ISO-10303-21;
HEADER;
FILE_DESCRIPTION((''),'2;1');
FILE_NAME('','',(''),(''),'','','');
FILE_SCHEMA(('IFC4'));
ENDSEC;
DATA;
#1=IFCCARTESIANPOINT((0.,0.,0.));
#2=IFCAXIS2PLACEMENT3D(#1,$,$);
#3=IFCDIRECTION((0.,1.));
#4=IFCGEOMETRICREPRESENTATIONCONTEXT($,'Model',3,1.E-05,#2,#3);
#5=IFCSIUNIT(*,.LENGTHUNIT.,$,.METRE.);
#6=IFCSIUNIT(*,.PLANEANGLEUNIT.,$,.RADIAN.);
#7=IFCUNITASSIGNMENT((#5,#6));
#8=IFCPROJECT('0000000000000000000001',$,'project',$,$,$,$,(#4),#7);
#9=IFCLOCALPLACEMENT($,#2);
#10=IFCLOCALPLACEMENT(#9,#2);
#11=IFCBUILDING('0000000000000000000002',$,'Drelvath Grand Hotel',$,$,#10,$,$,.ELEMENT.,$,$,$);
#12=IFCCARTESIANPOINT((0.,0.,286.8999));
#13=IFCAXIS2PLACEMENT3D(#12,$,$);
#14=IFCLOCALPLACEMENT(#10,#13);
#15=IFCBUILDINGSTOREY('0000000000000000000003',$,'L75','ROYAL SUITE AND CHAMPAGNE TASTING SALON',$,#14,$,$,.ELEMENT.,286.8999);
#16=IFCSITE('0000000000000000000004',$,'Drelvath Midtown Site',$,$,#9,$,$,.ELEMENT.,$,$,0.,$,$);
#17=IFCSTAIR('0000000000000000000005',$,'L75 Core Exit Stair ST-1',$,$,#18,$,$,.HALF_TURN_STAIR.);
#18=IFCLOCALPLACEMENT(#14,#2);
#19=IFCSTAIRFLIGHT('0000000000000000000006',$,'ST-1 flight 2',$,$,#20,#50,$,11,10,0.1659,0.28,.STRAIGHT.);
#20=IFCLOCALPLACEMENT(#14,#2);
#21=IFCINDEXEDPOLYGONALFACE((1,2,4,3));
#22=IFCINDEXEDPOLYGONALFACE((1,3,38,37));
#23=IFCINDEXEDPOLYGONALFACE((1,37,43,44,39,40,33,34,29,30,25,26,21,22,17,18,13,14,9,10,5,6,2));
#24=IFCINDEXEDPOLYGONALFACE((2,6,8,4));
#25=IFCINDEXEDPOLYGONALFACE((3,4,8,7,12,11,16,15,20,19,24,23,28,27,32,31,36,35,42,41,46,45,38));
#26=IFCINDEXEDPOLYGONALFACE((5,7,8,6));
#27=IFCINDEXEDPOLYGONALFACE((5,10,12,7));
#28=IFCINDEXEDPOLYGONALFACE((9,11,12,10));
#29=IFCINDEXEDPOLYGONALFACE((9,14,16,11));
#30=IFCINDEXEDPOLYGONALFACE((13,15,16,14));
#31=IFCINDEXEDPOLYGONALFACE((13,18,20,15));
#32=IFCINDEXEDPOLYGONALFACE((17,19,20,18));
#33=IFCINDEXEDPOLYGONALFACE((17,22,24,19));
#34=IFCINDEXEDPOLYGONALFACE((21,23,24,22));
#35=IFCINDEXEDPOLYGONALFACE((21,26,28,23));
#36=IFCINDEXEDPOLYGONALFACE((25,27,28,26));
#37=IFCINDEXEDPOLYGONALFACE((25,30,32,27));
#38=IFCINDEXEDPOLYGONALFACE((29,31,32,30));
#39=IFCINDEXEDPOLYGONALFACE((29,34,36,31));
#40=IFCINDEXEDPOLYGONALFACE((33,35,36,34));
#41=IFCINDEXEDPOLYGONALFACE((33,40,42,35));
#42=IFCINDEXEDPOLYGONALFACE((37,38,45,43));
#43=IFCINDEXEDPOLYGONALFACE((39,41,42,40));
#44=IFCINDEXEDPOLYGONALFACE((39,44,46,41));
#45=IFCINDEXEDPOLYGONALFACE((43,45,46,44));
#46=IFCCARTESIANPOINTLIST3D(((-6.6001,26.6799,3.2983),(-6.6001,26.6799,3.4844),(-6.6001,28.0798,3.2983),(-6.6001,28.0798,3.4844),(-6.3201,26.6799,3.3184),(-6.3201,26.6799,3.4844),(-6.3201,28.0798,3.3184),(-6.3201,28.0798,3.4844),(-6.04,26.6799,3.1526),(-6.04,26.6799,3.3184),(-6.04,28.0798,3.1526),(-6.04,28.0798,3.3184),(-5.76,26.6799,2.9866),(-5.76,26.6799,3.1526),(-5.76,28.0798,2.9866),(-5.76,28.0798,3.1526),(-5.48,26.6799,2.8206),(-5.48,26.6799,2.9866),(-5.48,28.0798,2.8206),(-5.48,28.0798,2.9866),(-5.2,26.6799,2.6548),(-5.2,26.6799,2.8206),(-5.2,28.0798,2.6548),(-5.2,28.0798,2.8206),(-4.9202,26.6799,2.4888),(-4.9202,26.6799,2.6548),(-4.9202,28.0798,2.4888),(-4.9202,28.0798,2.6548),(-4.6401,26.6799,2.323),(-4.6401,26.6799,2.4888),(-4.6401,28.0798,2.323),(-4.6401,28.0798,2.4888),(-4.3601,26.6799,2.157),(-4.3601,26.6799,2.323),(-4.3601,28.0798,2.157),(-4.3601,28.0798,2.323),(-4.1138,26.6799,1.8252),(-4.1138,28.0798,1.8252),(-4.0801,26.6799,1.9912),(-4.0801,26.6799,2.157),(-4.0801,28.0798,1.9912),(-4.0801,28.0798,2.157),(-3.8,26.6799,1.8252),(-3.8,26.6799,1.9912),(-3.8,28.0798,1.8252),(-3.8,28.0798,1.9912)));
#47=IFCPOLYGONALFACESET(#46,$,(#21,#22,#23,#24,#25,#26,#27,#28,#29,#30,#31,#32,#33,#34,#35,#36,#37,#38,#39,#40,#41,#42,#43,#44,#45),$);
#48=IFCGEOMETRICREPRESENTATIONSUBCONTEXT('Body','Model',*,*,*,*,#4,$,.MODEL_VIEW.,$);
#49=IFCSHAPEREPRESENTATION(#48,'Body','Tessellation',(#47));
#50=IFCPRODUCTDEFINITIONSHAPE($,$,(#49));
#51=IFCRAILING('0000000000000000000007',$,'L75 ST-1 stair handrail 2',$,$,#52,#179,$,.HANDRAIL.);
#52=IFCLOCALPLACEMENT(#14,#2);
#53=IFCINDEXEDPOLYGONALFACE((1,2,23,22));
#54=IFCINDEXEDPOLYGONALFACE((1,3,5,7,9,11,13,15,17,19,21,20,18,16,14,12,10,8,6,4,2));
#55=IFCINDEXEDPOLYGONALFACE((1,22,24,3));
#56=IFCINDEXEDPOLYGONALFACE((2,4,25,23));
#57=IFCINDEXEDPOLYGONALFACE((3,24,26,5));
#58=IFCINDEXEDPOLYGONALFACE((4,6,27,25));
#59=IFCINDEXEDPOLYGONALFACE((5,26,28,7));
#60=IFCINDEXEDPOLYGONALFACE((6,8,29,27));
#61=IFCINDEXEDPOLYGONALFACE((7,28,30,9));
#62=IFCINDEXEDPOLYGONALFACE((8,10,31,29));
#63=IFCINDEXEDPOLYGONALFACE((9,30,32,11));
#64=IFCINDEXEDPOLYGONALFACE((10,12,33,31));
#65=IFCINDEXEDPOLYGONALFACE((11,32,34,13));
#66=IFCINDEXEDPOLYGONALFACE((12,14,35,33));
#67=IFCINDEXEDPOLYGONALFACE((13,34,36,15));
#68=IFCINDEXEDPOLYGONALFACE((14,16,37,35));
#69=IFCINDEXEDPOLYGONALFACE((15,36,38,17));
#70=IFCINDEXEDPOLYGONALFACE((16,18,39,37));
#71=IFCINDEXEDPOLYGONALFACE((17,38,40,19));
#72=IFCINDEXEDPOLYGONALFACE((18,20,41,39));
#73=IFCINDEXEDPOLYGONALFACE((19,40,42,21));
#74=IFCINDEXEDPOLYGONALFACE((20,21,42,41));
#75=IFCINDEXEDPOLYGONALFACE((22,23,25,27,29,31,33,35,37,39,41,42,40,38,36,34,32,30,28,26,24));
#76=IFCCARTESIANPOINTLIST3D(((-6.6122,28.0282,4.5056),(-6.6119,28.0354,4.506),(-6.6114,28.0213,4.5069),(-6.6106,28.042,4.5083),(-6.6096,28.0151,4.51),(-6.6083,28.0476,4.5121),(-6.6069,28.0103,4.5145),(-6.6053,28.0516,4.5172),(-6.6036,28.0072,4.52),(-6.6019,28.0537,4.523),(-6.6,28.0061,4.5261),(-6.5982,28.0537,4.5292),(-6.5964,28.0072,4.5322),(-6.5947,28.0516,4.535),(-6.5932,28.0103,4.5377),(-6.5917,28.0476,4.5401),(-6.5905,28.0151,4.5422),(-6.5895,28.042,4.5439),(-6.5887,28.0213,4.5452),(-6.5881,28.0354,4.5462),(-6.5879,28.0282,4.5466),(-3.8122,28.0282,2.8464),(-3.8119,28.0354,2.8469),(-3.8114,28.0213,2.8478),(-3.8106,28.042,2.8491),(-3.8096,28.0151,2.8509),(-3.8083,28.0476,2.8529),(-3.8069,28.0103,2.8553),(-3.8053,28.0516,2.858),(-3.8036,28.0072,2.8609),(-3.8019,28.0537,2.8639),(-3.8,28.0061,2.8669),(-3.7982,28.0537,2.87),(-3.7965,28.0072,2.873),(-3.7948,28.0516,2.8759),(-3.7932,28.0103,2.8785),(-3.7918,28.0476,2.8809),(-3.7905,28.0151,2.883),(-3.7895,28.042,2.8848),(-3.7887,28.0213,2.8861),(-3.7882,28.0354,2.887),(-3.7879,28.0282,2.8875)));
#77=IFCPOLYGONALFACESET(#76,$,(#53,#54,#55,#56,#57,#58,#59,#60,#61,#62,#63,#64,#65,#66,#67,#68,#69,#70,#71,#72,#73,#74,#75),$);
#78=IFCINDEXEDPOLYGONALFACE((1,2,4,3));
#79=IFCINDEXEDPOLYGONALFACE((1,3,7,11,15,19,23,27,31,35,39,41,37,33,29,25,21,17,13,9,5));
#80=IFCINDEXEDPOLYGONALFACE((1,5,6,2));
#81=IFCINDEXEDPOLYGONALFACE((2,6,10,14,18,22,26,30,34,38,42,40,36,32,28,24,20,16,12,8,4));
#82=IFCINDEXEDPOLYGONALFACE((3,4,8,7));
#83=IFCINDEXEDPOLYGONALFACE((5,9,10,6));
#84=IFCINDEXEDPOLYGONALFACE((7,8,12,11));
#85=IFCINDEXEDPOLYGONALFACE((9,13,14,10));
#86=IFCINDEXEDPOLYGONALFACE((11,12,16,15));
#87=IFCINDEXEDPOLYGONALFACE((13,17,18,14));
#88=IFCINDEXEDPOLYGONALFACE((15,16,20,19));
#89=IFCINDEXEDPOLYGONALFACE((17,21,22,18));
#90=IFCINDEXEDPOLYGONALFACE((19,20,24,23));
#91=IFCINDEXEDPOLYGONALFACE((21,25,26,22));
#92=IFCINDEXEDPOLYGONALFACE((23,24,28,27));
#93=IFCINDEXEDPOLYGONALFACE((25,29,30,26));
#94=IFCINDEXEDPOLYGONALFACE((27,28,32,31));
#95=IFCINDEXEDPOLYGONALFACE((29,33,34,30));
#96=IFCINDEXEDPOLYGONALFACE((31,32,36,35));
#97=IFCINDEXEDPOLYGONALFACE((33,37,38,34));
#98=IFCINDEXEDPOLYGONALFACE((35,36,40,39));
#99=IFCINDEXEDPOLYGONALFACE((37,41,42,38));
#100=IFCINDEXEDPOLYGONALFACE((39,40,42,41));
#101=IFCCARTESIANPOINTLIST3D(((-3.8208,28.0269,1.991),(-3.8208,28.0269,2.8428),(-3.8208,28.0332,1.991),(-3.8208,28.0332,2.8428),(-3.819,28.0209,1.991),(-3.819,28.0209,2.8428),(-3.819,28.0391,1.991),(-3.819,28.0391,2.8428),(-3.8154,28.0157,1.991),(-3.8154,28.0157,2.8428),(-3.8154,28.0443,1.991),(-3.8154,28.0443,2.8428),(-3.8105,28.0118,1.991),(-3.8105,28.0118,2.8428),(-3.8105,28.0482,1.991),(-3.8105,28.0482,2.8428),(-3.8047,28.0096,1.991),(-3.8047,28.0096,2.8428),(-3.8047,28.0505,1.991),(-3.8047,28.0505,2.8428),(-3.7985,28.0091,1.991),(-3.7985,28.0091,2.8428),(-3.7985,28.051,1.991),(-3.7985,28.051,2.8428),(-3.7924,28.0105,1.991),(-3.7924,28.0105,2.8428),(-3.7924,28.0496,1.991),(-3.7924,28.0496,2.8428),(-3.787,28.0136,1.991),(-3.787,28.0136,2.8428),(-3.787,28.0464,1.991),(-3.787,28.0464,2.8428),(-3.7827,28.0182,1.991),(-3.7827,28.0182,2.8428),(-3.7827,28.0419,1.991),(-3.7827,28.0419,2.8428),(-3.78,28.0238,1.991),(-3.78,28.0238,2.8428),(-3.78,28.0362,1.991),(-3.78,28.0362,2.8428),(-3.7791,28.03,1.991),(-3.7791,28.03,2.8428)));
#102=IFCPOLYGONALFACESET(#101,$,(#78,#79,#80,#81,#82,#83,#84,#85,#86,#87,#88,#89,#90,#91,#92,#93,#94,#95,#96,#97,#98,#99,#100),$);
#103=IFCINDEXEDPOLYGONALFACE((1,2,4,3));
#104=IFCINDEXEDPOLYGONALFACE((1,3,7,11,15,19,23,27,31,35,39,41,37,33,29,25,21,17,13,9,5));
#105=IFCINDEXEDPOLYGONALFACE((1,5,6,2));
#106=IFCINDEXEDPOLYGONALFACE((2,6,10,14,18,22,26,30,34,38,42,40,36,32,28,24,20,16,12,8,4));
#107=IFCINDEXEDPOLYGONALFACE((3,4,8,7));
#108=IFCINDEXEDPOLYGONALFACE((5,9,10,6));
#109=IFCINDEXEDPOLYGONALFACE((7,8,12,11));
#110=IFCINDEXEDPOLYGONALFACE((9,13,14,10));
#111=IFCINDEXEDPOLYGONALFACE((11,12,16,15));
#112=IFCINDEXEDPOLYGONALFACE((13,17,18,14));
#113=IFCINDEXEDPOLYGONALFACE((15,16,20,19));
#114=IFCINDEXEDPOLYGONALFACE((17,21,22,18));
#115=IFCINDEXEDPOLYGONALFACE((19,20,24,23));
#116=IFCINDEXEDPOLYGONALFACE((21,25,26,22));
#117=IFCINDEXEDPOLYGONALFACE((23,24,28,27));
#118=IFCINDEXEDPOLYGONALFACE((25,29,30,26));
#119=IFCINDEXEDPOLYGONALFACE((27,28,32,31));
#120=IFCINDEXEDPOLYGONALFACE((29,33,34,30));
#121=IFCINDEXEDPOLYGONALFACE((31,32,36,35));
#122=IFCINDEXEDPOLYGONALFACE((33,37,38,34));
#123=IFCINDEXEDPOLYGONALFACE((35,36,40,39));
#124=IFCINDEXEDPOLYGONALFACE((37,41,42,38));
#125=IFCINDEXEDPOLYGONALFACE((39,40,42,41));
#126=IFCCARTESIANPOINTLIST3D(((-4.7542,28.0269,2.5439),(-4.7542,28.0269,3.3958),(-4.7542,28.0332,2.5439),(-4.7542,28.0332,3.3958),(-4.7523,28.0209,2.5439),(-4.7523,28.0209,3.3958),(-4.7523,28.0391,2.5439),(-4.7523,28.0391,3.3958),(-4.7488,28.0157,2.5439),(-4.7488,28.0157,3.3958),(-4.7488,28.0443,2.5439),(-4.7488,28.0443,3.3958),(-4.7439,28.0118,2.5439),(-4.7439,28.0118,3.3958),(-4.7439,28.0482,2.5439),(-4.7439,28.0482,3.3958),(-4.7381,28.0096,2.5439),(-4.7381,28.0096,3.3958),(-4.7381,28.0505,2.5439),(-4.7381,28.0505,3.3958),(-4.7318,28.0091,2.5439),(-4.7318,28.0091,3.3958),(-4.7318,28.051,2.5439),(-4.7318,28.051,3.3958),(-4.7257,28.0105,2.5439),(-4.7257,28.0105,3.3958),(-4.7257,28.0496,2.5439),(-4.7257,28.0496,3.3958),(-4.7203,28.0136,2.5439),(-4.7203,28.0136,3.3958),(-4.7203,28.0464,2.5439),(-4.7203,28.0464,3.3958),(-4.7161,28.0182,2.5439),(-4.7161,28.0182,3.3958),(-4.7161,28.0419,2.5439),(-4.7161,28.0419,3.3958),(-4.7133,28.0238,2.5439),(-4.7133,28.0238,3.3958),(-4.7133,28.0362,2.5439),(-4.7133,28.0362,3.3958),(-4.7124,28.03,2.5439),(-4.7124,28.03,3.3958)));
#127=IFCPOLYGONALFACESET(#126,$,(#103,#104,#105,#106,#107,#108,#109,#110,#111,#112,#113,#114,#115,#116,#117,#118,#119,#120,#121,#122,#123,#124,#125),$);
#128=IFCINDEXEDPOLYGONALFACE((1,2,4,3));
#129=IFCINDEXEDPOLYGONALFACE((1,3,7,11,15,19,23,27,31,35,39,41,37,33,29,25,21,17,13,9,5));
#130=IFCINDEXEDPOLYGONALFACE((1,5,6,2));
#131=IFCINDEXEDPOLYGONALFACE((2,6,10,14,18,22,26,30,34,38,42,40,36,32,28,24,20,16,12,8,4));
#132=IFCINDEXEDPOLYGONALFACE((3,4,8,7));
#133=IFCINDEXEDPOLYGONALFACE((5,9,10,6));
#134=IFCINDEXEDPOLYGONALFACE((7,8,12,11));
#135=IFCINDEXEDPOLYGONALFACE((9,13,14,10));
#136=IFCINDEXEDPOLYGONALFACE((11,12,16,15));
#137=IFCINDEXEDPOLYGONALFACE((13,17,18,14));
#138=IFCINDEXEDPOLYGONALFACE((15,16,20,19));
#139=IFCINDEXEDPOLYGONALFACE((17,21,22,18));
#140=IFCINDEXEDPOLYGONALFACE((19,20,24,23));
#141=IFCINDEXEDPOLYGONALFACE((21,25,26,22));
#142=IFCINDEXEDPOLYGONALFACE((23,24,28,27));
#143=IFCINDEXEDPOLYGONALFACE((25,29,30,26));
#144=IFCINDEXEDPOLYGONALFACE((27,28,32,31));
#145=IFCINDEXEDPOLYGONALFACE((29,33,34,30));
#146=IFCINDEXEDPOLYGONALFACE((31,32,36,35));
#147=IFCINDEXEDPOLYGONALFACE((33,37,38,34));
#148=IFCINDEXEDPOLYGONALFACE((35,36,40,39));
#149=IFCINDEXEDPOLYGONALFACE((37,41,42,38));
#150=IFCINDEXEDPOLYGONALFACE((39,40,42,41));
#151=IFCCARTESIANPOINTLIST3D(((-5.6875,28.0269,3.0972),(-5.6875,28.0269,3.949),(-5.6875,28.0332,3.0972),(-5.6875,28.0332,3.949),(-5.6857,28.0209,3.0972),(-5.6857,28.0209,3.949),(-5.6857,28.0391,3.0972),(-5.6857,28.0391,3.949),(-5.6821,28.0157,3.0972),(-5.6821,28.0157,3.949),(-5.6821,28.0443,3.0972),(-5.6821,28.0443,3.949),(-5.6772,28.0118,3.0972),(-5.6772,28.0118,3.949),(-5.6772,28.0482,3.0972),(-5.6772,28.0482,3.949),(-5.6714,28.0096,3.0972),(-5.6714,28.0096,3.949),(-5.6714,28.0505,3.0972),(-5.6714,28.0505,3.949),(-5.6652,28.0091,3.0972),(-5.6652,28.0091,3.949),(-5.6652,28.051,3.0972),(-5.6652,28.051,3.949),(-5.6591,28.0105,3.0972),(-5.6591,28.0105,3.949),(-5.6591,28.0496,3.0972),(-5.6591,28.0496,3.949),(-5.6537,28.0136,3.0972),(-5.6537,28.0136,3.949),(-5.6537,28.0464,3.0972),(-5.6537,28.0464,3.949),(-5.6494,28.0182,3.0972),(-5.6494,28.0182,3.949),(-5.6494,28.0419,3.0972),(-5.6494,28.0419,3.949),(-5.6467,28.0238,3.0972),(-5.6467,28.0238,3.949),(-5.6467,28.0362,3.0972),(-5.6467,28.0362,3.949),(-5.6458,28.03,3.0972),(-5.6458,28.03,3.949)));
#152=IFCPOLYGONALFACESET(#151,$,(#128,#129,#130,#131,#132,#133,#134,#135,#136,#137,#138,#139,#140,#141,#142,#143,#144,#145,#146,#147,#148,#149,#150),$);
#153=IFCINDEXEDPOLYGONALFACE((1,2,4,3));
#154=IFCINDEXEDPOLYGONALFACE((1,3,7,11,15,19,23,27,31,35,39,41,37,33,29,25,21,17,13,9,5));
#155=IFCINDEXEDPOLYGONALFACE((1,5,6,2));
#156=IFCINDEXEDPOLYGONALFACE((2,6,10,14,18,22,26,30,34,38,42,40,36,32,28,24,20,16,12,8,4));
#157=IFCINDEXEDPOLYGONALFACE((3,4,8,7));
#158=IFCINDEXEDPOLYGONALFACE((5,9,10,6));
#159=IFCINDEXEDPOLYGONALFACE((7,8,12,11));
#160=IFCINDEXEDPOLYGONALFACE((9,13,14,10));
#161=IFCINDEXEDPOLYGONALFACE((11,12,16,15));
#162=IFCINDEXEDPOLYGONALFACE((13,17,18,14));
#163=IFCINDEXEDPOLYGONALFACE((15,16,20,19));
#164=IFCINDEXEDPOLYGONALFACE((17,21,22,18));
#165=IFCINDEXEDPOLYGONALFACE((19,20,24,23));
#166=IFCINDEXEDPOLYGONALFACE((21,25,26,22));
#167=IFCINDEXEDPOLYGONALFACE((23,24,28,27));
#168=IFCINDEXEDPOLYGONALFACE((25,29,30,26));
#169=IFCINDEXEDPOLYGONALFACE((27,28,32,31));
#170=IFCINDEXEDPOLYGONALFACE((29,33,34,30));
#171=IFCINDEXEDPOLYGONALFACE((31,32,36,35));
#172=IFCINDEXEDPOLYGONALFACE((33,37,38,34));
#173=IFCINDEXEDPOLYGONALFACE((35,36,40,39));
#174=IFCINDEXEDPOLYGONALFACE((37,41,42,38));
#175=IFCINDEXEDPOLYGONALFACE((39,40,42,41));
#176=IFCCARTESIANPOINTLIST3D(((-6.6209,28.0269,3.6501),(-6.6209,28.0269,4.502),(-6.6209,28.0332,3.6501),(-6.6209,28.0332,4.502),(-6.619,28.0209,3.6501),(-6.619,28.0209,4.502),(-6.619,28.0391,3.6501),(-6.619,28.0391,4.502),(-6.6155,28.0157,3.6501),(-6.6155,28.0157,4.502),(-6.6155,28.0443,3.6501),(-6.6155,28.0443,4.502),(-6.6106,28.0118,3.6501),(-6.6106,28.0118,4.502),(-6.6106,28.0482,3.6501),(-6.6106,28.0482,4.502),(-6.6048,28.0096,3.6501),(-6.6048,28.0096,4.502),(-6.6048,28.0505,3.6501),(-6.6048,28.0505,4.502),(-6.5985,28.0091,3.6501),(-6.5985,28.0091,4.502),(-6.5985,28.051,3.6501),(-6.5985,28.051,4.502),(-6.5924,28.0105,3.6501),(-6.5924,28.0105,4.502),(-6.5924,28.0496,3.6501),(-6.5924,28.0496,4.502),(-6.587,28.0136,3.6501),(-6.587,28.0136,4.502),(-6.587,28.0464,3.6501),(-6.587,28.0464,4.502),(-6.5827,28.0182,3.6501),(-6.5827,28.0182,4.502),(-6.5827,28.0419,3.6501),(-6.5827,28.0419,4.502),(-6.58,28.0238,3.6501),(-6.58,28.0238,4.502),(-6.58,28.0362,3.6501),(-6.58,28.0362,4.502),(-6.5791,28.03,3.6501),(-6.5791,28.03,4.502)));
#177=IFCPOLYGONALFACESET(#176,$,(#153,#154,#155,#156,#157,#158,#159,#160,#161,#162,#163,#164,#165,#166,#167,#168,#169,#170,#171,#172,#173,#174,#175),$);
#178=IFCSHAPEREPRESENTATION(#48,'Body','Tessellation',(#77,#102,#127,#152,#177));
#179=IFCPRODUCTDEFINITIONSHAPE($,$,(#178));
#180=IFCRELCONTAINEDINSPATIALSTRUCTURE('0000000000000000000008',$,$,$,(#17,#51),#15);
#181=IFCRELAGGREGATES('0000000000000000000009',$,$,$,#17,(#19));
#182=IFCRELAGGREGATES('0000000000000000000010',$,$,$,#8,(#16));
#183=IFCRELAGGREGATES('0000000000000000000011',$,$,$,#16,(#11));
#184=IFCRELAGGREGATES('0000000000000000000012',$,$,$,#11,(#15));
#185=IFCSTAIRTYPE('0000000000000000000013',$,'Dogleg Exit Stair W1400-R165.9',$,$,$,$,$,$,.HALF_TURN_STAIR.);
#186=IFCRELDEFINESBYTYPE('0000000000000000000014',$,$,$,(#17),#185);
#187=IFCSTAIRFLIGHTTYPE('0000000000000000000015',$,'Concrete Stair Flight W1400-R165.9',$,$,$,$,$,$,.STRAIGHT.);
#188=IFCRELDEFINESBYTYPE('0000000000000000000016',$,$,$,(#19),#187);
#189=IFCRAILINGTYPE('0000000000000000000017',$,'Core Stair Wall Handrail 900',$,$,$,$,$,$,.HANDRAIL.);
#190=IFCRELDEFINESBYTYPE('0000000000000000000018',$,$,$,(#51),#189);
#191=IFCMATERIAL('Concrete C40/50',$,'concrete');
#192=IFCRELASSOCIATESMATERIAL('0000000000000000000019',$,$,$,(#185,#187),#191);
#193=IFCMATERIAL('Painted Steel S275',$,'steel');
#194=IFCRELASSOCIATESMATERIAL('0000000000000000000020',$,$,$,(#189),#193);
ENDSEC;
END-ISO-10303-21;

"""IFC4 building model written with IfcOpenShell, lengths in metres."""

from ifc_helpers import new_model, si_unit, direction, frame, origin, origin_2d, place, context, subcontext, project, spatial, polyline, circle, outline, extrude, material, type_object, element, aggregate, save


model = new_model("IFC4")

# Units and contexts
model_context = context("Model", 3, precision=1e-05, world=origin(), true_north=direction((0.0, 1.0)))
body_context = subcontext(model_context, "Body", "Model", "MODEL_VIEW")
ifc_project = project(units=[si_unit("LENGTHUNIT", "METRE"), si_unit("PLANEANGLEUNIT", "RADIAN")], contexts=[model_context])

# Site, building, storey
site_placement = place(None, origin())
site = spatial("IfcSite", under=ifc_project, at=site_placement, Name="Drelvath Midtown Site", CompositionType="ELEMENT", RefElevation=0.0)
building_placement = place(site_placement, origin())
building = spatial("IfcBuilding", under=site, at=building_placement, Name="Drelvath Grand Hotel", CompositionType="ELEMENT")
storey_placement = place(building_placement, frame((0.0, 0.0, 286.8999)))
storey = spatial("IfcBuildingStorey", under=building, at=storey_placement, Name="L75", Description="ROYAL SUITE AND CHAMPAGNE TASTING SALON", CompositionType="ELEMENT", Elevation=286.8999)

# Shared definitions
ifc_material_1 = material(Name="Painted Steel S275", Category="steel")

# Shared definitions
ifc_material_2 = material(Name="Concrete C40/50", Category="concrete")

# Stair, stair flight
stair_type = type_object("IfcStairType", Name="Dogleg Exit Stair W1400-R165.9", PredefinedType="HALF_TURN_STAIR", material=ifc_material_2)
stair_placement = place(storey_placement, origin())
stair = element("IfcStair", 1, at=stair_placement, inside=storey, type_object=stair_type, Name="L75 Core Exit Stair ST-1", PredefinedType="HALF_TURN_STAIR")
stair_flight_type = type_object("IfcStairFlightType", Name="Concrete Stair Flight W1400-R165.9", PredefinedType="STRAIGHT", material=ifc_material_2)
stair_flight_placement = place(storey_placement, frame((-3.8, 27.3799, 1.8252), z_axis=(0.0, 0.0, 1.0), x_axis=(-1.0, 0.0, 0.0)))
stair_flight = element("IfcStairFlight", 2, at=stair_flight_placement, type_object=stair_flight_type, Name="ST-1 flight 2", NumberOfRisers=11, NumberOfTreads=10, PredefinedType="STRAIGHT", RiserHeight=0.1659, TreadLength=0.28, context=body_context, shape_type="SweptSolid", body=[
    extrude(outline(polyline([(0.0, 0.0), (0.0, 0.166), (0.28, 0.166), (0.28, 0.3318), (0.5601, 0.3318), (0.5601, 0.4978), (0.8401, 0.4978), (0.8401, 0.6636), (1.1201, 0.6636), (1.1201, 0.8296), (1.3999, 0.8296), (1.3999, 0.9954), (1.6799, 0.9954), (1.6799, 1.1614), (1.96, 1.1614), (1.96, 1.3274), (2.24, 1.3274), (2.24, 1.4932), (2.52, 1.4932), (2.52, 1.6592), (2.8, 1.6592), (2.8, 1.825), (2.8, 1.4731), (0.3137, 0.0), (0.0, 0.0)])), frame((0.0, 0.7, 0.0), z_axis=(0.0, -1.0, 0.0), x_axis=(1.0, 0.0, 0.0)), (0.0, 0.0, 1.0), 1.3999),
])
aggregate(stair, [stair_flight])

# Railing
railing_type = type_object("IfcRailingType", Name="Core Stair Wall Handrail 900", PredefinedType="HANDRAIL", material=ifc_material_1)
railing_placement = place(storey_placement, frame((-3.8, 28.03, 1.991)))
element("IfcRailing", 3, at=railing_placement, inside=storey, type_object=railing_type, Name="L75 ST-1 stair handrail 2", PredefinedType="HANDRAIL", context=body_context, shape_type="SweptSolid", body=[
    extrude(circle(Radius=0.0239, at=origin_2d()), frame((0.0, 0.0, 0.876), z_axis=(-0.860306, 0.0, 0.509778), x_axis=(0.0, -1.0, 0.0)), (0.0, 0.0, 1.0), 3.2546),
    extrude(circle(Radius=0.021, at=origin_2d()), origin(), (0.0, 0.0, 1.0), 0.8518),
    extrude(circle(Radius=0.021, at=origin_2d()), frame((-0.9333, 0.0, 0.553)), (0.0, 0.0, 1.0), 0.8518),
    extrude(circle(Radius=0.021, at=origin_2d()), frame((-1.8667, 0.0, 1.1062)), (0.0, 0.0, 1.0), 0.8518),
    extrude(circle(Radius=0.021, at=origin_2d()), frame((-2.8, 0.0, 1.6592)), (0.0, 0.0, 1.0), 0.8518),
])

save(model, "model.ifc")
